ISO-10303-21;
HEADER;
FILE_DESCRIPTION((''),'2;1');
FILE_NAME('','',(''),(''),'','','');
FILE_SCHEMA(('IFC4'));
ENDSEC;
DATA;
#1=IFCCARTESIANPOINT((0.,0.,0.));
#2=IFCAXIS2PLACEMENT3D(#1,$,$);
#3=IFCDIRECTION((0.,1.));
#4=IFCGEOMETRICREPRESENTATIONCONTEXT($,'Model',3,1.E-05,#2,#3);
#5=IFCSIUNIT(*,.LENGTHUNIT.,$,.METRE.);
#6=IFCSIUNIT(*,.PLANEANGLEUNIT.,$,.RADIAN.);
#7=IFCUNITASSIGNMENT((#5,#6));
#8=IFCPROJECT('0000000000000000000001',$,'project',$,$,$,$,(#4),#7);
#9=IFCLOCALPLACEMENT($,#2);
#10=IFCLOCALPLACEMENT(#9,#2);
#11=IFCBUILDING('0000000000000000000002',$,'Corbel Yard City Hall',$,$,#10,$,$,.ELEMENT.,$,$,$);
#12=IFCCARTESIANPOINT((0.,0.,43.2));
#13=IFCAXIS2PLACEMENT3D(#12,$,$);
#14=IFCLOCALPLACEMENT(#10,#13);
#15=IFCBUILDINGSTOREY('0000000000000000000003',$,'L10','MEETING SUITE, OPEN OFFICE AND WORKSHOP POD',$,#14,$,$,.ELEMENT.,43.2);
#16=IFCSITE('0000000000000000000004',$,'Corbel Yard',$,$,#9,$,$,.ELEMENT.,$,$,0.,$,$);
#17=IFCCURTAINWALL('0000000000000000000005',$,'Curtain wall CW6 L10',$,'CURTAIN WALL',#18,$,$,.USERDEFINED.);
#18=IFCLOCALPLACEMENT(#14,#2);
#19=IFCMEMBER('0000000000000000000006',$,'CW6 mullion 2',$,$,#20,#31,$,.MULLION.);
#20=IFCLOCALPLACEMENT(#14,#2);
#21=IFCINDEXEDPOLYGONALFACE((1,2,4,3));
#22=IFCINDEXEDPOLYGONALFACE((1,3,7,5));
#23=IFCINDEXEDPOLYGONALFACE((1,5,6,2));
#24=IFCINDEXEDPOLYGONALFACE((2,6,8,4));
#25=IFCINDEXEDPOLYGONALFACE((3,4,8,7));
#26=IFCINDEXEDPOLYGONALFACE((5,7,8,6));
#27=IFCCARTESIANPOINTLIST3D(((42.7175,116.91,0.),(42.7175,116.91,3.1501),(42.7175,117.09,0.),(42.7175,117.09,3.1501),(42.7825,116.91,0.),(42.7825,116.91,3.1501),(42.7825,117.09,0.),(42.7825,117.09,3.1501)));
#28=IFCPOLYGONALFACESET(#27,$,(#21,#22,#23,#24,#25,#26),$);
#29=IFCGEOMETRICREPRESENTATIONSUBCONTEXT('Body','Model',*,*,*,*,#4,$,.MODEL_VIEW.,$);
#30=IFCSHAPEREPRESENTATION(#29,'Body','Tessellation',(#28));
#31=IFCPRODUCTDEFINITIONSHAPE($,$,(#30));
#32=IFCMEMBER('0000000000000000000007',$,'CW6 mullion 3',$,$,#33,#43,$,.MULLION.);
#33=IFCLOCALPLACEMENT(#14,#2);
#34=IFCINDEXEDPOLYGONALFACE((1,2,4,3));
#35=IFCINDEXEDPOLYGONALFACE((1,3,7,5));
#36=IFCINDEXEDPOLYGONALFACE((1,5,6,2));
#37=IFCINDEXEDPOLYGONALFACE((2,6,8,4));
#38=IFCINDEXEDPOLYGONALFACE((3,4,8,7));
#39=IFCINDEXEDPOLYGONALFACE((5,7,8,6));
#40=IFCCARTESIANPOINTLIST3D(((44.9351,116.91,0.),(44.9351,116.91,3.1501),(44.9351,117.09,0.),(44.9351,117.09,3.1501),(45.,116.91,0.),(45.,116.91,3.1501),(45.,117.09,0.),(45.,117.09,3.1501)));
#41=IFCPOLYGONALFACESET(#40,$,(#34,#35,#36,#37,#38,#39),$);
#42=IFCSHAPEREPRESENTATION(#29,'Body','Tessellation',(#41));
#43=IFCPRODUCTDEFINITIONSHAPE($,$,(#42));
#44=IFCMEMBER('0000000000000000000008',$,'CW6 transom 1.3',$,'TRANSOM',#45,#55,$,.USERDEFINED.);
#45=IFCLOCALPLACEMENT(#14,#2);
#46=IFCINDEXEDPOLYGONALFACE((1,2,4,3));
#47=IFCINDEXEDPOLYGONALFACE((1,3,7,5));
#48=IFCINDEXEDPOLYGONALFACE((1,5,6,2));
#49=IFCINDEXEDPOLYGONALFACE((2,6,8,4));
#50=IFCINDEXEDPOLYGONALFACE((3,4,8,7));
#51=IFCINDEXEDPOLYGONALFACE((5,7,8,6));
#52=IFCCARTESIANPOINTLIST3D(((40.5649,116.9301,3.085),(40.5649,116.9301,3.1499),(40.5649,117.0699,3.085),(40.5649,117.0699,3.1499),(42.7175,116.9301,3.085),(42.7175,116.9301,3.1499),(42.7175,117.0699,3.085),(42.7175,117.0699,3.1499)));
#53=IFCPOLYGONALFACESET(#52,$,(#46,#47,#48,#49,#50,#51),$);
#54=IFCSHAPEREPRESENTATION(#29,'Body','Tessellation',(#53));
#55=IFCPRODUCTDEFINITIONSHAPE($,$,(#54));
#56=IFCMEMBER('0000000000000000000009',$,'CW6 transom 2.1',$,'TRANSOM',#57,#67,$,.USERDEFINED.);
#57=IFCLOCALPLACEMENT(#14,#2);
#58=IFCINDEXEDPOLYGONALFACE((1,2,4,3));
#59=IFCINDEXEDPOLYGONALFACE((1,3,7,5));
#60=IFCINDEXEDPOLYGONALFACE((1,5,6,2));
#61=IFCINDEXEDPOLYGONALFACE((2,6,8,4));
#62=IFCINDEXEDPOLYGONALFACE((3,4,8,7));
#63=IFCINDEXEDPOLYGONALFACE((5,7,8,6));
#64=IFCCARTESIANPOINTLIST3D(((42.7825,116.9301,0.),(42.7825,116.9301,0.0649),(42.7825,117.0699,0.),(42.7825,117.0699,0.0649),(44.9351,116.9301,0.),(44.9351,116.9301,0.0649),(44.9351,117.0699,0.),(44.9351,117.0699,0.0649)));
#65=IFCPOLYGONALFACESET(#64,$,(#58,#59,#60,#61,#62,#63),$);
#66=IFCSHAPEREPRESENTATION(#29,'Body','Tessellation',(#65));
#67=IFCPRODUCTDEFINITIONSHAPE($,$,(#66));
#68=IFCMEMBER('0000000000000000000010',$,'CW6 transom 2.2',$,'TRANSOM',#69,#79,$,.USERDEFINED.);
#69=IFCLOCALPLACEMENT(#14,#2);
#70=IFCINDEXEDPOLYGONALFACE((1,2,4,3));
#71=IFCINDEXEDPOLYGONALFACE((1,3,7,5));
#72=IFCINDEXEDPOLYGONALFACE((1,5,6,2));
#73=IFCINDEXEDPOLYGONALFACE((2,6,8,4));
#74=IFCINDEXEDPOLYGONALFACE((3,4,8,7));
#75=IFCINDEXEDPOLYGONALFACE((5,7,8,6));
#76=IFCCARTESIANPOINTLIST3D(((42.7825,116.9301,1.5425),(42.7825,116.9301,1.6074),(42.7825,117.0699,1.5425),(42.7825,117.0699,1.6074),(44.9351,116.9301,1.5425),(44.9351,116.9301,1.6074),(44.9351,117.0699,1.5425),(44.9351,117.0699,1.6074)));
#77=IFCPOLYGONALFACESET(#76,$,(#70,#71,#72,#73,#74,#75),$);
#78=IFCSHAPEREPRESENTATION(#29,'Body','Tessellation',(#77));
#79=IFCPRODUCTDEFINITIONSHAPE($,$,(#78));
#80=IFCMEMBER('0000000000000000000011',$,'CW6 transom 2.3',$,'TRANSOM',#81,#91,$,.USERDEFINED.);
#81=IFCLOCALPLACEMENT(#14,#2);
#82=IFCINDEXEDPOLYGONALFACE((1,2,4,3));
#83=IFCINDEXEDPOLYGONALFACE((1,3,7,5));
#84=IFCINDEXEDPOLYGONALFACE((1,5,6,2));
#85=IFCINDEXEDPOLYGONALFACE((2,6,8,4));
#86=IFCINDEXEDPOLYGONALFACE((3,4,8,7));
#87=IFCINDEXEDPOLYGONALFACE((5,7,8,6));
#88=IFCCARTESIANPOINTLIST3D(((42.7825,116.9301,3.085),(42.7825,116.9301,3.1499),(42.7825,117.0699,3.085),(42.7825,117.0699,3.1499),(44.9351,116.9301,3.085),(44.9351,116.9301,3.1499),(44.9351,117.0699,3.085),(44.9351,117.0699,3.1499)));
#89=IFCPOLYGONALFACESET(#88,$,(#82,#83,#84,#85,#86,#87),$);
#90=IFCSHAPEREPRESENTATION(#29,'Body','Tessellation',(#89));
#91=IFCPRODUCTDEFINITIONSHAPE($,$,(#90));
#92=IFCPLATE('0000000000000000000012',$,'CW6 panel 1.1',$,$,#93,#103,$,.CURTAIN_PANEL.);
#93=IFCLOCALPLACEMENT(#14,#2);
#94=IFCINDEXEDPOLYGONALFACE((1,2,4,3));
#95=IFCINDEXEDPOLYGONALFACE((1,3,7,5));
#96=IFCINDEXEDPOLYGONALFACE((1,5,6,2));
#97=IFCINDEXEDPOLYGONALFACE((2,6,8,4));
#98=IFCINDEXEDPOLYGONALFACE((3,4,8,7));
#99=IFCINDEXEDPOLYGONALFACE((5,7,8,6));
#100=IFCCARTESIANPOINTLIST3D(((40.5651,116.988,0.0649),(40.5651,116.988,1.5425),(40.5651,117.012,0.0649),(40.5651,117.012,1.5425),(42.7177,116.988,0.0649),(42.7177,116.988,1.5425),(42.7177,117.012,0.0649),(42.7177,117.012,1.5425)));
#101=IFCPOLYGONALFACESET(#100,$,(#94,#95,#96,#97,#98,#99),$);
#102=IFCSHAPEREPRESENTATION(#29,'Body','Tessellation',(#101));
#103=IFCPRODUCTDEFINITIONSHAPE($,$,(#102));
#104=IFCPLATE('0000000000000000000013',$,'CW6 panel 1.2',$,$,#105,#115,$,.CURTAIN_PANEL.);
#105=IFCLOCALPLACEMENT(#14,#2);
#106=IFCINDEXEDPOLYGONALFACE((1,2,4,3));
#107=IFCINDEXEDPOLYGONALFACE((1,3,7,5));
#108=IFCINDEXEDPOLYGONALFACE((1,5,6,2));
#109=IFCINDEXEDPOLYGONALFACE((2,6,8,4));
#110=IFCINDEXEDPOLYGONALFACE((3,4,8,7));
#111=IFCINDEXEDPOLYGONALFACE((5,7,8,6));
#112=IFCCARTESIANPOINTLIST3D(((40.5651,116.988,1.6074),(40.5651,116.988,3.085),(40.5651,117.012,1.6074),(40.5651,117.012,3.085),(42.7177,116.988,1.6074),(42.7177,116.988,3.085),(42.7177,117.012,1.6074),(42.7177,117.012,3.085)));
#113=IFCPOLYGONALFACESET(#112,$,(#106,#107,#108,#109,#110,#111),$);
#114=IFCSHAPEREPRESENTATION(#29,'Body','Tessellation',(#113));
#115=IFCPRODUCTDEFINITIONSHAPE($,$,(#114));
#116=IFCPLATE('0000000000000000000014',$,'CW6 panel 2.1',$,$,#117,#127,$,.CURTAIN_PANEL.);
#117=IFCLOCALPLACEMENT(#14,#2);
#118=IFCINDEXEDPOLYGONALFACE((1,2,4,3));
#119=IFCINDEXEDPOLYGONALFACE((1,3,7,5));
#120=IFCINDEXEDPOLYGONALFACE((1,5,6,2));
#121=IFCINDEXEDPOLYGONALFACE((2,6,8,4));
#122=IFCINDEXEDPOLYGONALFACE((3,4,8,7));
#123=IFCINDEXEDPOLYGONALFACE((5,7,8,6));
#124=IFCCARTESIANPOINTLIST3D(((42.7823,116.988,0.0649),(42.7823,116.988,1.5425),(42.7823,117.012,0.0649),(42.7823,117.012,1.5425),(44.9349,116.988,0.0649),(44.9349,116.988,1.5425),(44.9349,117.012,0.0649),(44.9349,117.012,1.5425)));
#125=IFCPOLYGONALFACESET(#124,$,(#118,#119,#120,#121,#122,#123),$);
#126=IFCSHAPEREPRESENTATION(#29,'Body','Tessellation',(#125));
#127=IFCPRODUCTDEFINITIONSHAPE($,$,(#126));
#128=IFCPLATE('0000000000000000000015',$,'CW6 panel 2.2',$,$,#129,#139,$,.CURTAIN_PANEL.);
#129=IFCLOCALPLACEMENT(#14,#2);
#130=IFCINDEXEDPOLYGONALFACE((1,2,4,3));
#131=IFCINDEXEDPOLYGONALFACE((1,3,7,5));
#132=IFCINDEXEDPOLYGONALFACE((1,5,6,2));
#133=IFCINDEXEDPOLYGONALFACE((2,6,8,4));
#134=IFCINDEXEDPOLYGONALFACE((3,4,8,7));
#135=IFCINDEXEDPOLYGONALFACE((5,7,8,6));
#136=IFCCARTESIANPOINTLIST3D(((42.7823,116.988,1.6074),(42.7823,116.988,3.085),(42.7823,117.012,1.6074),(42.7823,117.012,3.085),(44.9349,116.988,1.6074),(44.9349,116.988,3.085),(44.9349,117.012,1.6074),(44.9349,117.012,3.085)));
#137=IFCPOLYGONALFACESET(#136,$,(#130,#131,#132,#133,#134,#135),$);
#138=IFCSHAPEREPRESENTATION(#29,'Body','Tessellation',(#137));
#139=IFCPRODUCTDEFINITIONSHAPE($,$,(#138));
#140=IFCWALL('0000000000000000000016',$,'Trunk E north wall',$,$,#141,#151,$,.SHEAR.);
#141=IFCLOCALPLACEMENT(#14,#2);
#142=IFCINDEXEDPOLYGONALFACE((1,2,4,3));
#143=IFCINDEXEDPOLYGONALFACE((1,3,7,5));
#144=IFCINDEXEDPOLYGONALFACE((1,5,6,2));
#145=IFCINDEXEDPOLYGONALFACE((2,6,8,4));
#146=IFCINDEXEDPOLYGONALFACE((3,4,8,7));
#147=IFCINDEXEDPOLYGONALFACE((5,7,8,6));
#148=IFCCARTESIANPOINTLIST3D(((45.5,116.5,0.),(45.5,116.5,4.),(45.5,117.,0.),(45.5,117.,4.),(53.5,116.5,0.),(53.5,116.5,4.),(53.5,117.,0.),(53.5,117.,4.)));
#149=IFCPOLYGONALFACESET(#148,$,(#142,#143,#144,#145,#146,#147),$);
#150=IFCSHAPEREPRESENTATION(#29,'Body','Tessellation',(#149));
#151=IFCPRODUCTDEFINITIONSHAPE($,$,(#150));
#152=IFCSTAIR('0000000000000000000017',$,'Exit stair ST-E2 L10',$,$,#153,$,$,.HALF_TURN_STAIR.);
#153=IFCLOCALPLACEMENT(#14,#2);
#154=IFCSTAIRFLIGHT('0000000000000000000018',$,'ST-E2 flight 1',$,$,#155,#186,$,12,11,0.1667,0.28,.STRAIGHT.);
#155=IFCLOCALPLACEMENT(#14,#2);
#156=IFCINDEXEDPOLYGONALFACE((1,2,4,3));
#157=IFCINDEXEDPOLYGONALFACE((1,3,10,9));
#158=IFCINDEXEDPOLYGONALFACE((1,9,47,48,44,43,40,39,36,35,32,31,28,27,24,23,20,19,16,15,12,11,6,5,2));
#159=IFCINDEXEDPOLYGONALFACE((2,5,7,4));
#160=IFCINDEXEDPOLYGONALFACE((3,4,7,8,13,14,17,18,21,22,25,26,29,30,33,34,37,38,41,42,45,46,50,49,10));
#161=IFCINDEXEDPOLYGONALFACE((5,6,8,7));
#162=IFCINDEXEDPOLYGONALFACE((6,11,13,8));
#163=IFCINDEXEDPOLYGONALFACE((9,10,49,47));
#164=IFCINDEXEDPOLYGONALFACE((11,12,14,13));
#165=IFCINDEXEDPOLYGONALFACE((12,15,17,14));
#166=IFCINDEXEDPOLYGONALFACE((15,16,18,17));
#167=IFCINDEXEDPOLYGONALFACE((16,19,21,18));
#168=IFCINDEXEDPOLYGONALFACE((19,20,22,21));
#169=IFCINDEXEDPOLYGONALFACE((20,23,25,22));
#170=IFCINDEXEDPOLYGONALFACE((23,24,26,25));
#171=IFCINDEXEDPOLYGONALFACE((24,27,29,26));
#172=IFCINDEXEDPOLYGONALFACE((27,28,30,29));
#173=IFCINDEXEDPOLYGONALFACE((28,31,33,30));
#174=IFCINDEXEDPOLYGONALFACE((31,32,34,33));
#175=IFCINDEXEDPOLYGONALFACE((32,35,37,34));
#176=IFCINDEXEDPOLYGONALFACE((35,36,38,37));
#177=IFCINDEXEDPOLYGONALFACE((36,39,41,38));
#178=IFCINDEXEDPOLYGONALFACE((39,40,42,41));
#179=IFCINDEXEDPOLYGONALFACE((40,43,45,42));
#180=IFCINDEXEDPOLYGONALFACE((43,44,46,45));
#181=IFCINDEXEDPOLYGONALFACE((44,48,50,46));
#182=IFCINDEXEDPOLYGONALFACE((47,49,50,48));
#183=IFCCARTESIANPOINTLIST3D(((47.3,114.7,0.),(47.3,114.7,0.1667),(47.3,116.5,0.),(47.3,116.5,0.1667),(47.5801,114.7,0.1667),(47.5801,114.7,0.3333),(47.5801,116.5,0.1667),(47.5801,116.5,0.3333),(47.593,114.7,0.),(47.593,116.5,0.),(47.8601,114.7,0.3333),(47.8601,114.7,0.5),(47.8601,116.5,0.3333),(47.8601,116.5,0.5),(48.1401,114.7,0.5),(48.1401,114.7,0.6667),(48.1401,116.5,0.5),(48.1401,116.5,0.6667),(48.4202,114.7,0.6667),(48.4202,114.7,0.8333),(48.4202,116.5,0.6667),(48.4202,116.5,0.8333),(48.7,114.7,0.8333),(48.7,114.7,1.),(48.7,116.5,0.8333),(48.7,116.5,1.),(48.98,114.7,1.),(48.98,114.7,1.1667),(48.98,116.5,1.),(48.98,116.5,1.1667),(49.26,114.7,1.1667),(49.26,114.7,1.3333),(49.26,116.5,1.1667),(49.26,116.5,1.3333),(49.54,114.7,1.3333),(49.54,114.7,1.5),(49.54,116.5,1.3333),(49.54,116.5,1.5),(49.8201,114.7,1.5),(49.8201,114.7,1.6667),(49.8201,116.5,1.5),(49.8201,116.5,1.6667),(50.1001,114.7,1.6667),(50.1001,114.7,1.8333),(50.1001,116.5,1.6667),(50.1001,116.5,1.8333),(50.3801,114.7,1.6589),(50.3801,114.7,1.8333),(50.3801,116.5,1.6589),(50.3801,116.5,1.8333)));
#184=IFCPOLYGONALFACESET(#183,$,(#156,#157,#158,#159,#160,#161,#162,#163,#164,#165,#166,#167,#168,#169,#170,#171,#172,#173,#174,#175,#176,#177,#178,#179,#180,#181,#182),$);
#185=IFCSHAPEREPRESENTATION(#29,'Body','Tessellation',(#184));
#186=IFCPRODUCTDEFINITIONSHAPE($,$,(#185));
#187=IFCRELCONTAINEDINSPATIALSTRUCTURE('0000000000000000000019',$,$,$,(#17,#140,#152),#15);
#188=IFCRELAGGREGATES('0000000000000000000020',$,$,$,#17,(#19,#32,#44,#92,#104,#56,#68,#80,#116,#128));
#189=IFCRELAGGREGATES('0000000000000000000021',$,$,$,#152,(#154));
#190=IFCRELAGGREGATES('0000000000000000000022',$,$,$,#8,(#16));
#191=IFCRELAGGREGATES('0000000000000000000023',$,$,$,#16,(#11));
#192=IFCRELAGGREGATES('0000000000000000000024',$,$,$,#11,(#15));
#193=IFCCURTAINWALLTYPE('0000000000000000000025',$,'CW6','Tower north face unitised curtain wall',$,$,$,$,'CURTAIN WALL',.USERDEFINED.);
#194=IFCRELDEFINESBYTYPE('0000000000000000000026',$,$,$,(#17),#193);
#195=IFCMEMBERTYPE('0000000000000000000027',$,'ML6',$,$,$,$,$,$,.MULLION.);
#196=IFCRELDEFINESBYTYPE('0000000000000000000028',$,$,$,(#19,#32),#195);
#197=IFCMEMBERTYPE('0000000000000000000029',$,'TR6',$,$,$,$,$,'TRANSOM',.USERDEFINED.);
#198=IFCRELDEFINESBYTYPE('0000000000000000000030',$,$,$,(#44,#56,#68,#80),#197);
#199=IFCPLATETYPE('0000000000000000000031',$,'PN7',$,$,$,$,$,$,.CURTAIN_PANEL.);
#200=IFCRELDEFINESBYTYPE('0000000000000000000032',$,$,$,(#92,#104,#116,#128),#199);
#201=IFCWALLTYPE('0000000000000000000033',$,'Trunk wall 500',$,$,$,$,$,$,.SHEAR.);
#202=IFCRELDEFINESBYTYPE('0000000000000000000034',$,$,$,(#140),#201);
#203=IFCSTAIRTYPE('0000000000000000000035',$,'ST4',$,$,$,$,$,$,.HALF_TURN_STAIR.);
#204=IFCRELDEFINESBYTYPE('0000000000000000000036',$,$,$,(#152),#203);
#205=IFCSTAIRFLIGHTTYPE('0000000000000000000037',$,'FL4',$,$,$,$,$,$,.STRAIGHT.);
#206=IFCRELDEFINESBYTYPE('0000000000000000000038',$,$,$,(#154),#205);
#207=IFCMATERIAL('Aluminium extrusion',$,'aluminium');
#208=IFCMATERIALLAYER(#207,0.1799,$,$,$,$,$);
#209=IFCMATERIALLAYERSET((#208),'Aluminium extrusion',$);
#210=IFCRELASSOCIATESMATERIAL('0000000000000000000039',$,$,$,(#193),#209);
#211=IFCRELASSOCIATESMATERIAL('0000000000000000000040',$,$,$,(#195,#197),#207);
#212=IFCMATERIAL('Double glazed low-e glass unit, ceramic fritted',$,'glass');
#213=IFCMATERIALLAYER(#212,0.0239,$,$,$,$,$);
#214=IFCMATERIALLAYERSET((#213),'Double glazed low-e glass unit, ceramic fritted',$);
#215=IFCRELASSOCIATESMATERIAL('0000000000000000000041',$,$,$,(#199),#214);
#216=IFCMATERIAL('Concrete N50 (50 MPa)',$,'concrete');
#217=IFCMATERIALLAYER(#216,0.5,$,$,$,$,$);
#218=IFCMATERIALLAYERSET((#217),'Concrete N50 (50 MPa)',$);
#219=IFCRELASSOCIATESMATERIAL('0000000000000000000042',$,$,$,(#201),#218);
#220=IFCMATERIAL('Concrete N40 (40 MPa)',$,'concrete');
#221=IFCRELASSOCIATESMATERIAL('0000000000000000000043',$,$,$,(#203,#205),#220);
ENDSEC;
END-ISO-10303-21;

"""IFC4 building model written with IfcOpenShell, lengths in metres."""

from ifc_helpers import new_model, si_unit, direction, frame, frame_2d, origin, origin_2d, place, context, subcontext, project, spatial, polyline, rectangle, outline, extrude, material, layer, layer_set, material_profile, profile_set, type_object, element, aggregate, save


model = new_model("IFC4")

# Units and contexts
model_context = context("Model", 3, precision=1e-05, world=origin(), true_north=direction((0.0, 1.0)))
body_context = subcontext(model_context, "Body", "Model", "MODEL_VIEW")
ifc_project = project(units=[si_unit("LENGTHUNIT", "METRE"), si_unit("PLANEANGLEUNIT", "RADIAN")], contexts=[model_context])

# Site, building, storey
site_placement = place(None, origin())
site = spatial("IfcSite", under=ifc_project, at=site_placement, Name="Corbel Yard", CompositionType="ELEMENT", RefElevation=0.0)
building_placement = place(site_placement, origin())
building = spatial("IfcBuilding", under=site, at=building_placement, Name="Corbel Yard City Hall", CompositionType="ELEMENT")
storey_placement = place(building_placement, frame((0.0, 0.0, 43.2)))
storey = spatial("IfcBuildingStorey", under=building, at=storey_placement, Name="L10", Description="MEETING SUITE, OPEN OFFICE AND WORKSHOP POD", CompositionType="ELEMENT", Elevation=43.2)

# Curtain wall, members, plates
ifc_material_1 = material(Name="Aluminium extrusion", Category="aluminium")
ifc_layer_1 = layer(ifc_material_1, 0.1799)
ifc_layer_set_1 = layer_set([ifc_layer_1], Name="Aluminium extrusion")
curtain_wall_type = type_object("IfcCurtainWallType", Name="CW6", Description="Tower north face unitised curtain wall", ElementType="CURTAIN WALL", PredefinedType="USERDEFINED", material=ifc_layer_set_1)
curtain_wall_placement = place(storey_placement, origin())
curtain_wall = element("IfcCurtainWall", 1, at=curtain_wall_placement, inside=storey, type_object=curtain_wall_type, Name="Curtain wall CW6 L10", ObjectType="CURTAIN WALL", PredefinedType="USERDEFINED")
ifc_material_profile_1 = material_profile(ifc_material_1, rectangle(XDim=0.1799, YDim=0.0649, at=origin_2d()), Name="180x65")
ifc_profile_set_1 = profile_set([ifc_material_profile_1], Name="Aluminium extrusion")
member_type_1 = type_object("IfcMemberType", Name="ML6", PredefinedType="MULLION", material=ifc_profile_set_1)
member_1_placement = place(storey_placement, frame((42.75, 117.0, 0.0), z_axis=(0.0, 0.0, 1.0), x_axis=(0.0, 1.0, 0.0)))
member_1 = element("IfcMember", 2, at=member_1_placement, type_object=member_type_1, Name="CW6 mullion 2", PredefinedType="MULLION", context=body_context, shape_type="SweptSolid", body=[
    extrude(rectangle(XDim=0.1799, YDim=0.0649, at=origin_2d()), origin(), (0.0, 0.0, 1.0), 3.1501),
])
member_2_placement = place(storey_placement, frame((44.9675, 117.0, 0.0), z_axis=(0.0, 0.0, 1.0), x_axis=(0.0, 1.0, 0.0)))
member_2 = element("IfcMember", 3, at=member_2_placement, type_object=member_type_1, Name="CW6 mullion 3", PredefinedType="MULLION", context=body_context, shape_type="SweptSolid", body=[
    extrude(rectangle(XDim=0.1799, YDim=0.0649, at=origin_2d()), origin(), (0.0, 0.0, 1.0), 3.1501),
])
ifc_material_profile_2 = material_profile(ifc_material_1, rectangle(XDim=0.1399, YDim=0.0649, at=origin_2d()), Name="140x65")
ifc_profile_set_2 = profile_set([ifc_material_profile_2], Name="Aluminium extrusion")
member_type_2 = type_object("IfcMemberType", Name="TR6", ElementType="TRANSOM", PredefinedType="USERDEFINED", material=ifc_profile_set_2)
member_3_placement = place(storey_placement, frame((40.5649, 117.0, 3.1174), z_axis=(1.0, 0.0, 0.0), x_axis=(0.0, 1.0, 0.0)))
member_3 = element("IfcMember", 4, at=member_3_placement, type_object=member_type_2, Name="CW6 transom 1.3", ObjectType="TRANSOM", PredefinedType="USERDEFINED", context=body_context, shape_type="SweptSolid", body=[
    extrude(rectangle(XDim=0.1399, YDim=0.0649, at=origin_2d()), origin(), (0.0, 0.0, 1.0), 2.1526),
])
member_4_placement = place(storey_placement, frame((42.7825, 117.0, 0.0325), z_axis=(1.0, 0.0, 0.0), x_axis=(0.0, 1.0, 0.0)))
member_4 = element("IfcMember", 5, at=member_4_placement, type_object=member_type_2, Name="CW6 transom 2.1", ObjectType="TRANSOM", PredefinedType="USERDEFINED", context=body_context, shape_type="SweptSolid", body=[
    extrude(rectangle(XDim=0.1399, YDim=0.0649, at=origin_2d()), origin(), (0.0, 0.0, 1.0), 2.1526),
])
member_5_placement = place(storey_placement, frame((42.7825, 117.0, 1.575), z_axis=(1.0, 0.0, 0.0), x_axis=(0.0, 1.0, 0.0)))
member_5 = element("IfcMember", 6, at=member_5_placement, type_object=member_type_2, Name="CW6 transom 2.2", ObjectType="TRANSOM", PredefinedType="USERDEFINED", context=body_context, shape_type="SweptSolid", body=[
    extrude(rectangle(XDim=0.1399, YDim=0.0649, at=origin_2d()), origin(), (0.0, 0.0, 1.0), 2.1526),
])
member_6_placement = place(storey_placement, frame((42.7825, 117.0, 3.1174), z_axis=(1.0, 0.0, 0.0), x_axis=(0.0, 1.0, 0.0)))
member_6 = element("IfcMember", 7, at=member_6_placement, type_object=member_type_2, Name="CW6 transom 2.3", ObjectType="TRANSOM", PredefinedType="USERDEFINED", context=body_context, shape_type="SweptSolid", body=[
    extrude(rectangle(XDim=0.1399, YDim=0.0649, at=origin_2d()), origin(), (0.0, 0.0, 1.0), 2.1526),
])
ifc_material_2 = material(Name="Double glazed low-e glass unit, ceramic fritted", Category="glass")
ifc_layer_2 = layer(ifc_material_2, 0.0239)
ifc_layer_set_2 = layer_set([ifc_layer_2], Name="Double glazed low-e glass unit, ceramic fritted")
plate_type = type_object("IfcPlateType", Name="PN7", PredefinedType="CURTAIN_PANEL", material=ifc_layer_set_2)
plate_1_placement = place(storey_placement, frame((41.6414, 117.0, 0.0649), z_axis=(0.0, 0.0, 1.0), x_axis=(1.0, 0.0, 0.0)))
plate_1 = element("IfcPlate", 8, at=plate_1_placement, type_object=plate_type, Name="CW6 panel 1.1", PredefinedType="CURTAIN_PANEL", context=body_context, shape_type="SweptSolid", body=[
    extrude(rectangle(XDim=2.1526, YDim=0.0239, at=origin_2d()), origin(), (0.0, 0.0, 1.0), 1.4775),
])
plate_2_placement = place(storey_placement, frame((41.6414, 117.0, 1.6074), z_axis=(0.0, 0.0, 1.0), x_axis=(1.0, 0.0, 0.0)))
plate_2 = element("IfcPlate", 9, at=plate_2_placement, type_object=plate_type, Name="CW6 panel 1.2", PredefinedType="CURTAIN_PANEL", context=body_context, shape_type="SweptSolid", body=[
    extrude(rectangle(XDim=2.1526, YDim=0.0239, at=origin_2d()), origin(), (0.0, 0.0, 1.0), 1.4775),
])
plate_3_placement = place(storey_placement, frame((43.8586, 117.0, 0.0649), z_axis=(0.0, 0.0, 1.0), x_axis=(1.0, 0.0, 0.0)))
plate_3 = element("IfcPlate", 10, at=plate_3_placement, type_object=plate_type, Name="CW6 panel 2.1", PredefinedType="CURTAIN_PANEL", context=body_context, shape_type="SweptSolid", body=[
    extrude(rectangle(XDim=2.1526, YDim=0.0239, at=origin_2d()), origin(), (0.0, 0.0, 1.0), 1.4775),
])
plate_4_placement = place(storey_placement, frame((43.8586, 117.0, 1.6074), z_axis=(0.0, 0.0, 1.0), x_axis=(1.0, 0.0, 0.0)))
plate_4 = element("IfcPlate", 11, at=plate_4_placement, type_object=plate_type, Name="CW6 panel 2.2", PredefinedType="CURTAIN_PANEL", context=body_context, shape_type="SweptSolid", body=[
    extrude(rectangle(XDim=2.1526, YDim=0.0239, at=origin_2d()), origin(), (0.0, 0.0, 1.0), 1.4775),
])
aggregate(curtain_wall, [member_1, member_2, member_3, plate_1, plate_2, member_4, member_5, member_6, plate_3, plate_4])

# Wall
ifc_material_3 = material(Name="Concrete N50 (50 MPa)", Category="concrete")
ifc_layer_3 = layer(ifc_material_3, 0.5)
ifc_layer_set_3 = layer_set([ifc_layer_3], Name="Concrete N50 (50 MPa)")
wall_type = type_object("IfcWallType", Name="Trunk wall 500", PredefinedType="SHEAR", material=ifc_layer_set_3)
wall_placement = place(storey_placement, frame((45.5, 116.75, 0.0), z_axis=(0.0, 0.0, 1.0), x_axis=(1.0, 0.0, 0.0)))
element("IfcWall", 12, at=wall_placement, inside=storey, type_object=wall_type, Name="Trunk E north wall", PredefinedType="SHEAR", context=body_context, shape_type="SweptSolid", body=[
    extrude(rectangle(XDim=8.0, YDim=0.5, at=frame_2d((4.0, 0.0))), origin(), (0.0, 0.0, 1.0), 4.0),
])

# Stair, stair flight
ifc_material_4 = material(Name="Concrete N40 (40 MPa)", Category="concrete")
stair_type = type_object("IfcStairType", Name="ST4", PredefinedType="HALF_TURN_STAIR", material=ifc_material_4)
stair_placement = place(storey_placement, origin())
stair = element("IfcStair", 13, at=stair_placement, inside=storey, type_object=stair_type, Name="Exit stair ST-E2 L10", PredefinedType="HALF_TURN_STAIR")
stair_flight_type = type_object("IfcStairFlightType", Name="FL4", PredefinedType="STRAIGHT", material=ifc_material_4)
stair_flight_placement = place(storey_placement, frame((47.3, 115.6001, 0.0), z_axis=(0.0, 0.0, 1.0), x_axis=(1.0, 0.0, 0.0)))
stair_flight = element("IfcStairFlight", 14, at=stair_flight_placement, type_object=stair_flight_type, Name="ST-E2 flight 1", NumberOfRisers=12, NumberOfTreads=11, PredefinedType="STRAIGHT", RiserHeight=0.1667, TreadLength=0.28, context=body_context, shape_type="SweptSolid", body=[
    extrude(outline(polyline([(0.0, 0.0), (0.0, 0.1667), (0.28, 0.1667), (0.28, 0.3333), (0.5601, 0.3333), (0.5601, 0.5), (0.8401, 0.5), (0.8401, 0.6667), (1.1201, 0.6667), (1.1201, 0.8333), (1.3999, 0.8333), (1.3999, 1.0), (1.6799, 1.0), (1.6799, 1.1667), (1.96, 1.1667), (1.96, 1.3333), (2.24, 1.3333), (2.24, 1.5), (2.52, 1.5), (2.52, 1.6667), (2.8, 1.6667), (2.8, 1.8333), (3.0801, 1.8333), (3.0801, 2.0), (3.0801, 1.6589), (0.293, 0.0), (0.0, 0.0)])), frame((0.0, 0.8999, 0.0), z_axis=(0.0, -1.0, 0.0), x_axis=(1.0, 0.0, 0.0)), (0.0, 0.0, 1.0), 1.8),
])
aggregate(stair, [stair_flight])

save(model, "model.ifc")
